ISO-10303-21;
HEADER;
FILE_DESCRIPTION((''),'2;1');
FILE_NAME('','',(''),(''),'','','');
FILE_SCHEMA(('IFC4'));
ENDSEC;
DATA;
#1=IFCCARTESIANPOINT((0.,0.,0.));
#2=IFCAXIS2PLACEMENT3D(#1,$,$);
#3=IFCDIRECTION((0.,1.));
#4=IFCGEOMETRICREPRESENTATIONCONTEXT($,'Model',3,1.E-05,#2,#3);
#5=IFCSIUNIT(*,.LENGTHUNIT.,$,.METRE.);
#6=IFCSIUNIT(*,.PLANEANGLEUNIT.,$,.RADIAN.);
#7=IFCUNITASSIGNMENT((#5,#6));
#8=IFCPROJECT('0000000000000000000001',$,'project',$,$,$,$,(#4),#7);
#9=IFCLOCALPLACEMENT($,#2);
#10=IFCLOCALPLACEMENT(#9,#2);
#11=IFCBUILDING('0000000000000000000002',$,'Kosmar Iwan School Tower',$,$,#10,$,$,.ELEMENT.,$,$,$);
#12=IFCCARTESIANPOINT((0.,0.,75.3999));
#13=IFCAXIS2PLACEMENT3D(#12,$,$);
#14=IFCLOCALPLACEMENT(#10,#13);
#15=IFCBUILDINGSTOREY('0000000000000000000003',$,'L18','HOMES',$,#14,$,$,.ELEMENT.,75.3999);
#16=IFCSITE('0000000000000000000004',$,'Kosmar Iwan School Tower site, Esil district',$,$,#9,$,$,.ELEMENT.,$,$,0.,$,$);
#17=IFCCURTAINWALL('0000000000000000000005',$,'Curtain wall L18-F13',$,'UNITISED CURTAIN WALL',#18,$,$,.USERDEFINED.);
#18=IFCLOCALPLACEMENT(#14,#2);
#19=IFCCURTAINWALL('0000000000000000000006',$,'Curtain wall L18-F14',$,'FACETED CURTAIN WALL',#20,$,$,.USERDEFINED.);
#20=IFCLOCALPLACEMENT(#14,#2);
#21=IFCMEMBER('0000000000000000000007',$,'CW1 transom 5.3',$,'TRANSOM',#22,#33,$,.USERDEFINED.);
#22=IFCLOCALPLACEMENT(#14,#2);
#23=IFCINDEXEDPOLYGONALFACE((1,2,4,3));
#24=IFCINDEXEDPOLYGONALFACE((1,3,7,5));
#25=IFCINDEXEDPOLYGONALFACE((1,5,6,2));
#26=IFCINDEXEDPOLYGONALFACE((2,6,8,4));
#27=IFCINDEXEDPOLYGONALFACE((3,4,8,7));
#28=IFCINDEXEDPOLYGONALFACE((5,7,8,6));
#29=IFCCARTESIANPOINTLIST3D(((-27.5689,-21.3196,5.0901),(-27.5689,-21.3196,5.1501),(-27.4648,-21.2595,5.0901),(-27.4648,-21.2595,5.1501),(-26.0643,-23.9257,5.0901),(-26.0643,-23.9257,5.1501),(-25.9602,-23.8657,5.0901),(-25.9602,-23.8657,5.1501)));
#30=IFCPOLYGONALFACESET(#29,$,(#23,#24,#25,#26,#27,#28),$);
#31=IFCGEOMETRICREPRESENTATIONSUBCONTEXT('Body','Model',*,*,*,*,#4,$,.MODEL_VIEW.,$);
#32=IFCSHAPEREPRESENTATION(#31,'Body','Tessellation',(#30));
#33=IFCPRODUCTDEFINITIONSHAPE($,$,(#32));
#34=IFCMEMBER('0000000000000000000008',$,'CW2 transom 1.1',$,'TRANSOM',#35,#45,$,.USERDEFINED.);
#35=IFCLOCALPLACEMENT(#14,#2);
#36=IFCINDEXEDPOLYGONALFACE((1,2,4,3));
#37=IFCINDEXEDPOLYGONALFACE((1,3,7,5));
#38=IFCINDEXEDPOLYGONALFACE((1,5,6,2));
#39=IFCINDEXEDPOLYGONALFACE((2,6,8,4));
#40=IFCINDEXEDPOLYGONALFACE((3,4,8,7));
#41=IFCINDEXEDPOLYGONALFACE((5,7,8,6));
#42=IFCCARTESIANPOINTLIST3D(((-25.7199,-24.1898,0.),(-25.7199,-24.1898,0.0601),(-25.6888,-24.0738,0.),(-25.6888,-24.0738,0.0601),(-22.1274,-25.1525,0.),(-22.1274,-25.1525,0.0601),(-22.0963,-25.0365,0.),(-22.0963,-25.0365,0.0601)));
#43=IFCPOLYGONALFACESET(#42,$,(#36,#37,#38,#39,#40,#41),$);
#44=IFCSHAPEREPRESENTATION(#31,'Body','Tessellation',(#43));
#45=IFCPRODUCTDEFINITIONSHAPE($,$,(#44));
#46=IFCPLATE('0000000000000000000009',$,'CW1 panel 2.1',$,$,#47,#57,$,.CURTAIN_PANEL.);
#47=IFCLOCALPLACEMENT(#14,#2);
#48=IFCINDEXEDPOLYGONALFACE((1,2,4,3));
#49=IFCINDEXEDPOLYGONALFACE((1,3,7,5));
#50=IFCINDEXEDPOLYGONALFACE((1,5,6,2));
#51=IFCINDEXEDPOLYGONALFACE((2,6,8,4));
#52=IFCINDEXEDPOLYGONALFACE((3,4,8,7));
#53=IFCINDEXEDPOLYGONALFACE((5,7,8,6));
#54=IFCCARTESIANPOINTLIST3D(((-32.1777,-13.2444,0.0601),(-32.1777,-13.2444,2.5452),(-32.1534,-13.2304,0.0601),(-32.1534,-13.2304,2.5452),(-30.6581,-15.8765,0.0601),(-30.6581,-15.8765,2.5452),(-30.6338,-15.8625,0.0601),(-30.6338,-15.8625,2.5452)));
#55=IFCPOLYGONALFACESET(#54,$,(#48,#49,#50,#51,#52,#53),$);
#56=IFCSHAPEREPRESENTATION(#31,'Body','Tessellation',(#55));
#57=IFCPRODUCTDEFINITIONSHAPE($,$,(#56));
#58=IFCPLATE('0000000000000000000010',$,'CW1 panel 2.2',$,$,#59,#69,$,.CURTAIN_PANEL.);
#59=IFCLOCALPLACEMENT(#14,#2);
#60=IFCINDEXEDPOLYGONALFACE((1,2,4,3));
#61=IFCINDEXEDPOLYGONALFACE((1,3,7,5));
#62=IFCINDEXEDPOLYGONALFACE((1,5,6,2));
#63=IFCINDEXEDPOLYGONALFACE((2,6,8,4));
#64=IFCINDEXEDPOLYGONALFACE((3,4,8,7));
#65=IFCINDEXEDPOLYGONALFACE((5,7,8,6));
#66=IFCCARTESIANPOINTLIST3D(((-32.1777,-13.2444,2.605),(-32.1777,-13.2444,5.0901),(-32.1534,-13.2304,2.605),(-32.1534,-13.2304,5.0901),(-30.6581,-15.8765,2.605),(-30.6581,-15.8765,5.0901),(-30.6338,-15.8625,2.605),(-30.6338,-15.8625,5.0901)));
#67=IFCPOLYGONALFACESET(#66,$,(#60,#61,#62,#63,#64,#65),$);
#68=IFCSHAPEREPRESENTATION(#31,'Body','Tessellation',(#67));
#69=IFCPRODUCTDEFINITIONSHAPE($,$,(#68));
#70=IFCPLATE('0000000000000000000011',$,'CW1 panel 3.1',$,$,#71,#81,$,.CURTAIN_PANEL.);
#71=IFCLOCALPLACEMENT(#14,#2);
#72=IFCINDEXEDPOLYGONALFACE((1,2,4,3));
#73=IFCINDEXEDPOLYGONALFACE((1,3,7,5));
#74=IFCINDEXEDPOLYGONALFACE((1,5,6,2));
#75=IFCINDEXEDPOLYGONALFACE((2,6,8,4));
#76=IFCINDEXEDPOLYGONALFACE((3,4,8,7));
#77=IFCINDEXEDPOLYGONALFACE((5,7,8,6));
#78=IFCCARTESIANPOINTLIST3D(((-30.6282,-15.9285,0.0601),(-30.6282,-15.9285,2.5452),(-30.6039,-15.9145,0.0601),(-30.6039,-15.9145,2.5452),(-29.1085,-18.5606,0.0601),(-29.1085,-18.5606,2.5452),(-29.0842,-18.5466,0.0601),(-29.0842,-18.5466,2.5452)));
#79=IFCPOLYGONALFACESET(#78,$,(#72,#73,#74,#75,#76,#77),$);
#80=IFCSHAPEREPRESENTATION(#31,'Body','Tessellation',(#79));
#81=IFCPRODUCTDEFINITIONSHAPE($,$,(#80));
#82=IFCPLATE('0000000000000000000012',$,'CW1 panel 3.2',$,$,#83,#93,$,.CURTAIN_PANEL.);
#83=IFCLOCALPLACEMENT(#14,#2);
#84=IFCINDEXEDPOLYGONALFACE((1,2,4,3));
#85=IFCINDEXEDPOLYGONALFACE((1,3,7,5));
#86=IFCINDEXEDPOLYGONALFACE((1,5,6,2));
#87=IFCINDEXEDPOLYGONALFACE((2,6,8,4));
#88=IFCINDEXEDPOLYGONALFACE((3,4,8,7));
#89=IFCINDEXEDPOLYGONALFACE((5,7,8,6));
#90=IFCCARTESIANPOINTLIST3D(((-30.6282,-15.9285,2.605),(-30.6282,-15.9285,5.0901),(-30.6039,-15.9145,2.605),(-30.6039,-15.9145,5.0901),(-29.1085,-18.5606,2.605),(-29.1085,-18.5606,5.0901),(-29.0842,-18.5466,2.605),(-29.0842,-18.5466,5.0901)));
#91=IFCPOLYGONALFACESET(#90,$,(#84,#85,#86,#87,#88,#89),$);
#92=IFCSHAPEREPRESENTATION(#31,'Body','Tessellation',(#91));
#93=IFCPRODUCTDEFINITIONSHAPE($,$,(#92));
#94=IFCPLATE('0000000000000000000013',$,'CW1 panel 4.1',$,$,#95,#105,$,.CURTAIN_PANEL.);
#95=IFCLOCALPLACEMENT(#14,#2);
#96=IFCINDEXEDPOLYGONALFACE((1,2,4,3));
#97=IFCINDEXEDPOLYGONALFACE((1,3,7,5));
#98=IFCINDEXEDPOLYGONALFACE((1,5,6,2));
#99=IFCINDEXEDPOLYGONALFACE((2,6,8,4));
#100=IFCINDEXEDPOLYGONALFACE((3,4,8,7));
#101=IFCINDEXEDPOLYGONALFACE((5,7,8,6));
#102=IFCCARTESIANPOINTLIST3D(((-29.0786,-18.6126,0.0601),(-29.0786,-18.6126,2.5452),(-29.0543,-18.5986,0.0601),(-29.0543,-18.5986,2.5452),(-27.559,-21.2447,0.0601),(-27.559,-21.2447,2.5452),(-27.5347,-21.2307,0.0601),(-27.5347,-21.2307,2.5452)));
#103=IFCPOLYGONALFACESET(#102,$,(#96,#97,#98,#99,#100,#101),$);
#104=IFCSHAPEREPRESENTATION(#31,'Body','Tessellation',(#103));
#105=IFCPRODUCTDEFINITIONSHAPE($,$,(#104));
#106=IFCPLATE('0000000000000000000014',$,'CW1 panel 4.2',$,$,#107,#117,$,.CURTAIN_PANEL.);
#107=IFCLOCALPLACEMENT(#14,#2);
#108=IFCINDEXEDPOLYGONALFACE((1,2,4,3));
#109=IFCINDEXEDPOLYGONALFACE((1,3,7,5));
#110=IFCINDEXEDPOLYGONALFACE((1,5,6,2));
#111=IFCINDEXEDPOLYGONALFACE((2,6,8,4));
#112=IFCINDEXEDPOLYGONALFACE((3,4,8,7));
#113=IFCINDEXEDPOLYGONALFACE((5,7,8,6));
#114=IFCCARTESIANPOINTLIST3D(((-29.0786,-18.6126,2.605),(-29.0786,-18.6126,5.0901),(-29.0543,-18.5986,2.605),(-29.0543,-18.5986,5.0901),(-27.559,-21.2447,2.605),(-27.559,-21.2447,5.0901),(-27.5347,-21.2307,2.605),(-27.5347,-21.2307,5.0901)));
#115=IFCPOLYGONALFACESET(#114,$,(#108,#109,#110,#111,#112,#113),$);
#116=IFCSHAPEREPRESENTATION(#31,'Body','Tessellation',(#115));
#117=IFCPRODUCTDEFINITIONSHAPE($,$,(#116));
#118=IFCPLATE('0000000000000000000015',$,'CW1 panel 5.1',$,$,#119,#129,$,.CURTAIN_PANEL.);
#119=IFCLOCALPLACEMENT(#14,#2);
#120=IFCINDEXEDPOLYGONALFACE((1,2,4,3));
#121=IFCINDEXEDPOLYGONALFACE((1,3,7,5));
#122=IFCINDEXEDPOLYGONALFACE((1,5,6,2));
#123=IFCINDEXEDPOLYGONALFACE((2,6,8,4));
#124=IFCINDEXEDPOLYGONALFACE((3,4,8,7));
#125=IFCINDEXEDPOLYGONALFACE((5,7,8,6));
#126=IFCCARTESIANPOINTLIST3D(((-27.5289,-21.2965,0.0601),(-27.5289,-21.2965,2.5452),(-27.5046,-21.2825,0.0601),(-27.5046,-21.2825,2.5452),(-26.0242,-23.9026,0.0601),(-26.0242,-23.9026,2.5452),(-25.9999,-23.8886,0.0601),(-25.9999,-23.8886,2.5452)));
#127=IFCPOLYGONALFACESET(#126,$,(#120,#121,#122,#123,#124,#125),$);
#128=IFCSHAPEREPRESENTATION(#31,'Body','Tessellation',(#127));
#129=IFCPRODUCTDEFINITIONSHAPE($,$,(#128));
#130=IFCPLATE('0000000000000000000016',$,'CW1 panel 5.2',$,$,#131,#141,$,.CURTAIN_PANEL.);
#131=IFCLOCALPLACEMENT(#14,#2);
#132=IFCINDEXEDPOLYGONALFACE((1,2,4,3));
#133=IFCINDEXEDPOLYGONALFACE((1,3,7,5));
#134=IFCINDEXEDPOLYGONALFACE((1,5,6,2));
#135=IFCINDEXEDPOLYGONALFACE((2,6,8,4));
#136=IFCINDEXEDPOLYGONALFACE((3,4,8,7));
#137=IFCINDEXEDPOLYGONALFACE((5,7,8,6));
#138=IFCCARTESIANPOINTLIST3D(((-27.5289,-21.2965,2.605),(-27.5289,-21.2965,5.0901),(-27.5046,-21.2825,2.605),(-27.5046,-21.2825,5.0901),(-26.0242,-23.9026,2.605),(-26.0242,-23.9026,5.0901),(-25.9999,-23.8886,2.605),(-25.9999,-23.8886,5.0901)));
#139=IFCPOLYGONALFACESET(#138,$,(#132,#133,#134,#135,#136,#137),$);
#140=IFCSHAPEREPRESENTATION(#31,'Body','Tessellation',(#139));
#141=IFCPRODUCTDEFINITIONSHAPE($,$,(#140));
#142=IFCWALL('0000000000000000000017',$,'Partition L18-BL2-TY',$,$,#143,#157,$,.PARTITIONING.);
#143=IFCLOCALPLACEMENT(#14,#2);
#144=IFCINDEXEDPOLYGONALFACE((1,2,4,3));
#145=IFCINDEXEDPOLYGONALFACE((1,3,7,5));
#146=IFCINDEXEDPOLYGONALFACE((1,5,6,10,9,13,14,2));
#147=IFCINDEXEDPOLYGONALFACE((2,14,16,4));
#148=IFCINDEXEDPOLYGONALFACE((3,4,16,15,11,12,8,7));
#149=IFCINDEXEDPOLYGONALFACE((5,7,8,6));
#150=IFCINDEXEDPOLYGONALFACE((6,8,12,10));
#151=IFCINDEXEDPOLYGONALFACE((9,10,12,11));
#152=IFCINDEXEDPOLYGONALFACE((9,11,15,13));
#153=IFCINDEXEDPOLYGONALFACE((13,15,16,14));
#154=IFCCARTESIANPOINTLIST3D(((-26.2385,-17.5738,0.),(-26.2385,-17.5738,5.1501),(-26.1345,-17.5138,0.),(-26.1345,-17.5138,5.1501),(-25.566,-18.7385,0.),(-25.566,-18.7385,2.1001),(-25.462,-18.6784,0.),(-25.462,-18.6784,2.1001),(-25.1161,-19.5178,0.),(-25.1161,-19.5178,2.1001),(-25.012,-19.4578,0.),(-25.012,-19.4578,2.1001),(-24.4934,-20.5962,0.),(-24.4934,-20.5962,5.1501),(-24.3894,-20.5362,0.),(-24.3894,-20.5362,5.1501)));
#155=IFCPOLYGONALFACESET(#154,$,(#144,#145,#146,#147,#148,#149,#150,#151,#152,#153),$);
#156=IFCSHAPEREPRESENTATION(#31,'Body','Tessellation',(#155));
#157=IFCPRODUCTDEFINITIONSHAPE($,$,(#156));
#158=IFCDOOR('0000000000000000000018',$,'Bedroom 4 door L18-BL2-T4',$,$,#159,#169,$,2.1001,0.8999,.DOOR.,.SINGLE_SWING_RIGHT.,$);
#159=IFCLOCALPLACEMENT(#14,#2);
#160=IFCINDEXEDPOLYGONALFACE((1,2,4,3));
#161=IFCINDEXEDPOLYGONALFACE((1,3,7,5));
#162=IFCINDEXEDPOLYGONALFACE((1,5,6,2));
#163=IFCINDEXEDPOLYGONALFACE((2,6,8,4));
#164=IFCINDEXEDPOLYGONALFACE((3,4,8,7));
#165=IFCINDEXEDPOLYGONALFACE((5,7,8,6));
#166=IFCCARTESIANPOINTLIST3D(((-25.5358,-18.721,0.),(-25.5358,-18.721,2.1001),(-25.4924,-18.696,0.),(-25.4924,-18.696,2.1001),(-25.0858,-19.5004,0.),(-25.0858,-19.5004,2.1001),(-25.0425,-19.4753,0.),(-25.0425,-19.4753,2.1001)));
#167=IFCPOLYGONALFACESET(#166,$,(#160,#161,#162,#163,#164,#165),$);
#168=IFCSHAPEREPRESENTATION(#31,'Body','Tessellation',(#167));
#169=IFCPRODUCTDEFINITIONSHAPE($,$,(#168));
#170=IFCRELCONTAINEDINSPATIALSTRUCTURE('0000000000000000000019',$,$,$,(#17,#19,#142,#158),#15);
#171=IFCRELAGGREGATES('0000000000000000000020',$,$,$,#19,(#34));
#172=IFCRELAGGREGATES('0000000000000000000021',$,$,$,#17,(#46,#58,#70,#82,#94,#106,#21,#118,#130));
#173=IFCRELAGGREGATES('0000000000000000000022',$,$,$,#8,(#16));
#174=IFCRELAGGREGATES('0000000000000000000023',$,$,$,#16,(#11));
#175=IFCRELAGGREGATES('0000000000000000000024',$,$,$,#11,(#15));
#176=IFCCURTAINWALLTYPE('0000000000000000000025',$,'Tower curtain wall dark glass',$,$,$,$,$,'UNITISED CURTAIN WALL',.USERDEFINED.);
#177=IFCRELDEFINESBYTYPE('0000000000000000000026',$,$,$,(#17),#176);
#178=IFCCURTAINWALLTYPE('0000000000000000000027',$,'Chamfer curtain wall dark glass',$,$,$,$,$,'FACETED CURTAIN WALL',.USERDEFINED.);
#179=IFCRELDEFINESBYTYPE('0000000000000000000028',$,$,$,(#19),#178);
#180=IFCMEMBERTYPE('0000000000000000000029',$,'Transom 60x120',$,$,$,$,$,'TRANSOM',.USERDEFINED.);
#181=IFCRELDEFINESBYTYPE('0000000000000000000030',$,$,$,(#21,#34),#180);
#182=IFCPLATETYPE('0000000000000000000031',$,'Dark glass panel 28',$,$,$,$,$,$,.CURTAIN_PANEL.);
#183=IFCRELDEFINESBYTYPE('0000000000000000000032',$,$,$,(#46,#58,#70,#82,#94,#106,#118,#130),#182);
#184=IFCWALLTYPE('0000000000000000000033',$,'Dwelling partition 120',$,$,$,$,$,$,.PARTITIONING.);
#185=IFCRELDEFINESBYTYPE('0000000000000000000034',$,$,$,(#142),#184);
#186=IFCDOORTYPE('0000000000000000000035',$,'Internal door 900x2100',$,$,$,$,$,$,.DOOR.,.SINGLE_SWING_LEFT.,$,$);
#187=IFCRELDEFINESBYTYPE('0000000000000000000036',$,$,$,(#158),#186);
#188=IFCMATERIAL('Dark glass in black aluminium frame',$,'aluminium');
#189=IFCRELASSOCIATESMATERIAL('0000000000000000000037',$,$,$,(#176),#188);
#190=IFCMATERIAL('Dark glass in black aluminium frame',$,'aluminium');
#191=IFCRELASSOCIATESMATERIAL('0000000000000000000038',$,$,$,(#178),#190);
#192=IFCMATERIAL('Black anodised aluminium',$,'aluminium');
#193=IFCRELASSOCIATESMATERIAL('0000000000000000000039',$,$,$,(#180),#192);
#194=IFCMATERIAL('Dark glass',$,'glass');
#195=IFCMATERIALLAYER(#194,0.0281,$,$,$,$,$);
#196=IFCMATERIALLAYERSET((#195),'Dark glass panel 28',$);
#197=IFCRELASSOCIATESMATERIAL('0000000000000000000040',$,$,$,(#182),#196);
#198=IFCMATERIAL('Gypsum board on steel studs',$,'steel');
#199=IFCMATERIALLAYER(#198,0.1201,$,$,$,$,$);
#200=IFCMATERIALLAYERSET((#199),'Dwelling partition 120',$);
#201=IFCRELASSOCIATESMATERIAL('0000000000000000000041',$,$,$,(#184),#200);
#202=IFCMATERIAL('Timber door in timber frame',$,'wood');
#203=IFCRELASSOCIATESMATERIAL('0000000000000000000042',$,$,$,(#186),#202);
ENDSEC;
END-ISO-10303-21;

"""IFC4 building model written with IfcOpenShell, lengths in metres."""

from ifc_helpers import new_model, si_unit, direction, frame, frame_2d, origin, origin_2d, place, context, subcontext, project, spatial, rectangle, extrude, material, layer, layer_set, material_profile, profile_set, type_object, element, fill, aggregate, save


model = new_model("IFC4")

# Units and contexts
model_context = context("Model", 3, precision=1e-05, world=origin(), true_north=direction((0.0, 1.0)))
body_context = subcontext(model_context, "Body", "Model", "MODEL_VIEW")
ifc_project = project(units=[si_unit("LENGTHUNIT", "METRE"), si_unit("PLANEANGLEUNIT", "RADIAN")], contexts=[model_context])

# Site, building, storey
site_placement = place(None, origin())
site = spatial("IfcSite", under=ifc_project, at=site_placement, Name="Kosmar Iwan School Tower site, Esil district", CompositionType="ELEMENT", RefElevation=0.0)
building_placement = place(site_placement, origin())
building = spatial("IfcBuilding", under=site, at=building_placement, Name="Kosmar Iwan School Tower", CompositionType="ELEMENT")
storey_placement = place(building_placement, frame((0.0, 0.0, 75.3999)))
storey = spatial("IfcBuildingStorey", under=building, at=storey_placement, Name="L18", Description="HOMES", CompositionType="ELEMENT", Elevation=75.3999)

# Curtain wall
ifc_material_1 = material(Name="Dark glass in black aluminium frame", Category="aluminium")
curtain_wall_type_1 = type_object("IfcCurtainWallType", Name="Tower curtain wall dark glass", ElementType="UNITISED CURTAIN WALL", PredefinedType="USERDEFINED", material=ifc_material_1)
curtain_wall_1_placement = place(storey_placement, origin())
curtain_wall_1 = element("IfcCurtainWall", 1, at=curtain_wall_1_placement, inside=storey, type_object=curtain_wall_type_1, Name="Curtain wall L18-F13", ObjectType="UNITISED CURTAIN WALL", PredefinedType="USERDEFINED")

# Curtain wall
ifc_material_2 = material(Name="Dark glass in black aluminium frame", Category="aluminium")
curtain_wall_type_2 = type_object("IfcCurtainWallType", Name="Chamfer curtain wall dark glass", ElementType="FACETED CURTAIN WALL", PredefinedType="USERDEFINED", material=ifc_material_2)
curtain_wall_2_placement = place(storey_placement, origin())
curtain_wall_2 = element("IfcCurtainWall", 2, at=curtain_wall_2_placement, inside=storey, type_object=curtain_wall_type_2, Name="Curtain wall L18-F14", ObjectType="FACETED CURTAIN WALL", PredefinedType="USERDEFINED")

# Members
ifc_material_3 = material(Name="Black anodised aluminium", Category="aluminium")
ifc_material_profile_1 = material_profile(ifc_material_3, rectangle(XDim=0.1201, YDim=0.0601, at=origin_2d()), Name="TRANSOM 60x120")
ifc_profile_set_1 = profile_set([ifc_material_profile_1], Name="Black anodised aluminium")
member_type_1 = type_object("IfcMemberType", Name="Transom 60x120", ElementType="TRANSOM", PredefinedType="USERDEFINED", material=ifc_profile_set_1)
member_1_placement = place(storey_placement, frame((-27.5168, -21.2896, 5.1201), z_axis=(0.499987, -0.866033, 0.0), x_axis=(0.866033, 0.499987, 0.0)))
member_1 = element("IfcMember", 3, at=member_1_placement, type_object=member_type_1, Name="CW1 transom 5.3", ObjectType="TRANSOM", PredefinedType="USERDEFINED", context=body_context, shape_type="SweptSolid", body=[
    extrude(rectangle(XDim=0.1201, YDim=0.0601, at=origin_2d()), origin(), (0.0, 0.0, 1.0), 3.0093),
])
member_2_placement = place(storey_placement, frame((-25.7043, -24.1318, 0.03), z_axis=(0.965924, -0.258827, 0.0), x_axis=(0.258827, 0.965924, 0.0)))
member_2 = element("IfcMember", 4, at=member_2_placement, type_object=member_type_1, Name="CW2 transom 1.1", ObjectType="TRANSOM", PredefinedType="USERDEFINED", context=body_context, shape_type="SweptSolid", body=[
    extrude(rectangle(XDim=0.1201, YDim=0.0601, at=origin_2d()), origin(), (0.0, 0.0, 1.0), 3.7192),
])
aggregate(curtain_wall_2, [member_2])

# Plates
ifc_material_4 = material(Name="Dark glass", Category="glass")
ifc_layer_1 = layer(ifc_material_4, 0.0281)
ifc_layer_set_1 = layer_set([ifc_layer_1], Name="Dark glass panel 28")
plate_type = type_object("IfcPlateType", Name="Dark glass panel 28", PredefinedType="CURTAIN_PANEL", material=ifc_layer_set_1)
plate_1_placement = place(storey_placement, frame((-31.4058, -14.5535, 0.0601), z_axis=(0.0, 0.0, 1.0), x_axis=(0.5, -0.866025, 0.0)))
plate_1 = element("IfcPlate", 5, at=plate_1_placement, type_object=plate_type, Name="CW1 panel 2.1", PredefinedType="CURTAIN_PANEL", context=body_context, shape_type="SweptSolid", body=[
    extrude(rectangle(XDim=3.0393, YDim=0.0281, at=origin_2d()), origin(), (0.0, 0.0, 1.0), 2.4851),
])
plate_2_placement = place(storey_placement, frame((-31.4058, -14.5535, 2.605), z_axis=(0.0, 0.0, 1.0), x_axis=(0.5, -0.866025, 0.0)))
plate_2 = element("IfcPlate", 6, at=plate_2_placement, type_object=plate_type, Name="CW1 panel 2.2", PredefinedType="CURTAIN_PANEL", context=body_context, shape_type="SweptSolid", body=[
    extrude(rectangle(XDim=3.0393, YDim=0.0281, at=origin_2d()), origin(), (0.0, 0.0, 1.0), 2.4851),
])
plate_3_placement = place(storey_placement, frame((-29.8562, -17.2375, 0.0601), z_axis=(0.0, 0.0, 1.0), x_axis=(0.5, -0.866025, 0.0)))
plate_3 = element("IfcPlate", 7, at=plate_3_placement, type_object=plate_type, Name="CW1 panel 3.1", PredefinedType="CURTAIN_PANEL", context=body_context, shape_type="SweptSolid", body=[
    extrude(rectangle(XDim=3.0393, YDim=0.0281, at=origin_2d()), origin(), (0.0, 0.0, 1.0), 2.4851),
])
plate_4_placement = place(storey_placement, frame((-29.8562, -17.2375, 2.605), z_axis=(0.0, 0.0, 1.0), x_axis=(0.5, -0.866025, 0.0)))
plate_4 = element("IfcPlate", 8, at=plate_4_placement, type_object=plate_type, Name="CW1 panel 3.2", PredefinedType="CURTAIN_PANEL", context=body_context, shape_type="SweptSolid", body=[
    extrude(rectangle(XDim=3.0393, YDim=0.0281, at=origin_2d()), origin(), (0.0, 0.0, 1.0), 2.4851),
])
plate_5_placement = place(storey_placement, frame((-28.3066, -19.9216, 0.0601), z_axis=(0.0, 0.0, 1.0), x_axis=(0.5, -0.866025, 0.0)))
plate_5 = element("IfcPlate", 9, at=plate_5_placement, type_object=plate_type, Name="CW1 panel 4.1", PredefinedType="CURTAIN_PANEL", context=body_context, shape_type="SweptSolid", body=[
    extrude(rectangle(XDim=3.0393, YDim=0.0281, at=origin_2d()), origin(), (0.0, 0.0, 1.0), 2.4851),
])
plate_6_placement = place(storey_placement, frame((-28.3066, -19.9216, 2.605), z_axis=(0.0, 0.0, 1.0), x_axis=(0.5, -0.866025, 0.0)))
plate_6 = element("IfcPlate", 10, at=plate_6_placement, type_object=plate_type, Name="CW1 panel 4.2", PredefinedType="CURTAIN_PANEL", context=body_context, shape_type="SweptSolid", body=[
    extrude(rectangle(XDim=3.0393, YDim=0.0281, at=origin_2d()), origin(), (0.0, 0.0, 1.0), 2.4851),
])
plate_7_placement = place(storey_placement, frame((-26.7644, -22.5925, 0.0601), z_axis=(0.0, 0.0, 1.0), x_axis=(0.5, -0.866025, 0.0)))
plate_7 = element("IfcPlate", 11, at=plate_7_placement, type_object=plate_type, Name="CW1 panel 5.1", PredefinedType="CURTAIN_PANEL", context=body_context, shape_type="SweptSolid", body=[
    extrude(rectangle(XDim=3.0093, YDim=0.0281, at=origin_2d()), origin(), (0.0, 0.0, 1.0), 2.4851),
])
plate_8_placement = place(storey_placement, frame((-26.7644, -22.5925, 2.605), z_axis=(0.0, 0.0, 1.0), x_axis=(0.5, -0.866025, 0.0)))
plate_8 = element("IfcPlate", 12, at=plate_8_placement, type_object=plate_type, Name="CW1 panel 5.2", PredefinedType="CURTAIN_PANEL", context=body_context, shape_type="SweptSolid", body=[
    extrude(rectangle(XDim=3.0093, YDim=0.0281, at=origin_2d()), origin(), (0.0, 0.0, 1.0), 2.4851),
])
aggregate(curtain_wall_1, [plate_1, plate_2, plate_3, plate_4, plate_5, plate_6, member_1, plate_7, plate_8])

# Wall, opening, door
ifc_material_5 = material(Name="Gypsum board on steel studs", Category="steel")
ifc_layer_2 = layer(ifc_material_5, 0.1201)
ifc_layer_set_2 = layer_set([ifc_layer_2], Name="Dwelling partition 120")
wall_type = type_object("IfcWallType", Name="Dwelling partition 120", PredefinedType="PARTITIONING", material=ifc_layer_set_2)
wall_placement = place(storey_placement, frame((-26.1865, -17.5437, 0.0), z_axis=(0.0, 0.0, 1.0), x_axis=(0.500021, -0.866013, 0.0)))
wall = element("IfcWall", 13, at=wall_placement, inside=storey, type_object=wall_type, Name="Partition L18-BL2-TY", PredefinedType="PARTITIONING", context=body_context, shape_type="SweptSolid", body=[
    extrude(rectangle(XDim=3.49, YDim=0.1201, at=frame_2d((1.7451, 0.0))), origin(), (0.0, 0.0, 1.0), 5.1501),
])
opening_placement = place(wall_placement, frame((1.345, 0.0, 0.0)))
opening = element("IfcOpeningElement", 14, at=opening_placement, cuts=wall, PredefinedType="OPENING", context=body_context, shape_type="SweptSolid", body=[
    extrude(rectangle(XDim=0.8999, YDim=2.1001, at=frame_2d((0.45, 1.05))), frame((0.0, 0.072, 0.0), z_axis=(0.0, -1.0, 0.0), x_axis=(1.0, 0.0, 0.0)), (0.0, 0.0, 1.0), 0.144),
])
ifc_material_6 = material(Name="Timber door in timber frame", Category="wood")
door_type = type_object("IfcDoorType", Name="Internal door 900x2100", OperationType="SINGLE_SWING_LEFT", PredefinedType="DOOR", material=ifc_material_6)
door_placement = place(opening_placement, origin())
door = element("IfcDoor", 15, at=door_placement, inside=storey, type_object=door_type, Name="Bedroom 4 door L18-BL2-T4", OperationType="SINGLE_SWING_RIGHT", OverallHeight=2.1001, OverallWidth=0.8999, PredefinedType="DOOR", context=body_context, shape_type="SweptSolid", body=[
    extrude(rectangle(XDim=0.8999, YDim=2.1001, at=frame_2d((0.45, 1.05))), frame((0.0, 0.0249, 0.0), z_axis=(0.0, -1.0, 0.0), x_axis=(1.0, 0.0, 0.0)), (0.0, 0.0, 1.0), 0.05),
])
fill(opening, door)

save(model, "model.ifc")
